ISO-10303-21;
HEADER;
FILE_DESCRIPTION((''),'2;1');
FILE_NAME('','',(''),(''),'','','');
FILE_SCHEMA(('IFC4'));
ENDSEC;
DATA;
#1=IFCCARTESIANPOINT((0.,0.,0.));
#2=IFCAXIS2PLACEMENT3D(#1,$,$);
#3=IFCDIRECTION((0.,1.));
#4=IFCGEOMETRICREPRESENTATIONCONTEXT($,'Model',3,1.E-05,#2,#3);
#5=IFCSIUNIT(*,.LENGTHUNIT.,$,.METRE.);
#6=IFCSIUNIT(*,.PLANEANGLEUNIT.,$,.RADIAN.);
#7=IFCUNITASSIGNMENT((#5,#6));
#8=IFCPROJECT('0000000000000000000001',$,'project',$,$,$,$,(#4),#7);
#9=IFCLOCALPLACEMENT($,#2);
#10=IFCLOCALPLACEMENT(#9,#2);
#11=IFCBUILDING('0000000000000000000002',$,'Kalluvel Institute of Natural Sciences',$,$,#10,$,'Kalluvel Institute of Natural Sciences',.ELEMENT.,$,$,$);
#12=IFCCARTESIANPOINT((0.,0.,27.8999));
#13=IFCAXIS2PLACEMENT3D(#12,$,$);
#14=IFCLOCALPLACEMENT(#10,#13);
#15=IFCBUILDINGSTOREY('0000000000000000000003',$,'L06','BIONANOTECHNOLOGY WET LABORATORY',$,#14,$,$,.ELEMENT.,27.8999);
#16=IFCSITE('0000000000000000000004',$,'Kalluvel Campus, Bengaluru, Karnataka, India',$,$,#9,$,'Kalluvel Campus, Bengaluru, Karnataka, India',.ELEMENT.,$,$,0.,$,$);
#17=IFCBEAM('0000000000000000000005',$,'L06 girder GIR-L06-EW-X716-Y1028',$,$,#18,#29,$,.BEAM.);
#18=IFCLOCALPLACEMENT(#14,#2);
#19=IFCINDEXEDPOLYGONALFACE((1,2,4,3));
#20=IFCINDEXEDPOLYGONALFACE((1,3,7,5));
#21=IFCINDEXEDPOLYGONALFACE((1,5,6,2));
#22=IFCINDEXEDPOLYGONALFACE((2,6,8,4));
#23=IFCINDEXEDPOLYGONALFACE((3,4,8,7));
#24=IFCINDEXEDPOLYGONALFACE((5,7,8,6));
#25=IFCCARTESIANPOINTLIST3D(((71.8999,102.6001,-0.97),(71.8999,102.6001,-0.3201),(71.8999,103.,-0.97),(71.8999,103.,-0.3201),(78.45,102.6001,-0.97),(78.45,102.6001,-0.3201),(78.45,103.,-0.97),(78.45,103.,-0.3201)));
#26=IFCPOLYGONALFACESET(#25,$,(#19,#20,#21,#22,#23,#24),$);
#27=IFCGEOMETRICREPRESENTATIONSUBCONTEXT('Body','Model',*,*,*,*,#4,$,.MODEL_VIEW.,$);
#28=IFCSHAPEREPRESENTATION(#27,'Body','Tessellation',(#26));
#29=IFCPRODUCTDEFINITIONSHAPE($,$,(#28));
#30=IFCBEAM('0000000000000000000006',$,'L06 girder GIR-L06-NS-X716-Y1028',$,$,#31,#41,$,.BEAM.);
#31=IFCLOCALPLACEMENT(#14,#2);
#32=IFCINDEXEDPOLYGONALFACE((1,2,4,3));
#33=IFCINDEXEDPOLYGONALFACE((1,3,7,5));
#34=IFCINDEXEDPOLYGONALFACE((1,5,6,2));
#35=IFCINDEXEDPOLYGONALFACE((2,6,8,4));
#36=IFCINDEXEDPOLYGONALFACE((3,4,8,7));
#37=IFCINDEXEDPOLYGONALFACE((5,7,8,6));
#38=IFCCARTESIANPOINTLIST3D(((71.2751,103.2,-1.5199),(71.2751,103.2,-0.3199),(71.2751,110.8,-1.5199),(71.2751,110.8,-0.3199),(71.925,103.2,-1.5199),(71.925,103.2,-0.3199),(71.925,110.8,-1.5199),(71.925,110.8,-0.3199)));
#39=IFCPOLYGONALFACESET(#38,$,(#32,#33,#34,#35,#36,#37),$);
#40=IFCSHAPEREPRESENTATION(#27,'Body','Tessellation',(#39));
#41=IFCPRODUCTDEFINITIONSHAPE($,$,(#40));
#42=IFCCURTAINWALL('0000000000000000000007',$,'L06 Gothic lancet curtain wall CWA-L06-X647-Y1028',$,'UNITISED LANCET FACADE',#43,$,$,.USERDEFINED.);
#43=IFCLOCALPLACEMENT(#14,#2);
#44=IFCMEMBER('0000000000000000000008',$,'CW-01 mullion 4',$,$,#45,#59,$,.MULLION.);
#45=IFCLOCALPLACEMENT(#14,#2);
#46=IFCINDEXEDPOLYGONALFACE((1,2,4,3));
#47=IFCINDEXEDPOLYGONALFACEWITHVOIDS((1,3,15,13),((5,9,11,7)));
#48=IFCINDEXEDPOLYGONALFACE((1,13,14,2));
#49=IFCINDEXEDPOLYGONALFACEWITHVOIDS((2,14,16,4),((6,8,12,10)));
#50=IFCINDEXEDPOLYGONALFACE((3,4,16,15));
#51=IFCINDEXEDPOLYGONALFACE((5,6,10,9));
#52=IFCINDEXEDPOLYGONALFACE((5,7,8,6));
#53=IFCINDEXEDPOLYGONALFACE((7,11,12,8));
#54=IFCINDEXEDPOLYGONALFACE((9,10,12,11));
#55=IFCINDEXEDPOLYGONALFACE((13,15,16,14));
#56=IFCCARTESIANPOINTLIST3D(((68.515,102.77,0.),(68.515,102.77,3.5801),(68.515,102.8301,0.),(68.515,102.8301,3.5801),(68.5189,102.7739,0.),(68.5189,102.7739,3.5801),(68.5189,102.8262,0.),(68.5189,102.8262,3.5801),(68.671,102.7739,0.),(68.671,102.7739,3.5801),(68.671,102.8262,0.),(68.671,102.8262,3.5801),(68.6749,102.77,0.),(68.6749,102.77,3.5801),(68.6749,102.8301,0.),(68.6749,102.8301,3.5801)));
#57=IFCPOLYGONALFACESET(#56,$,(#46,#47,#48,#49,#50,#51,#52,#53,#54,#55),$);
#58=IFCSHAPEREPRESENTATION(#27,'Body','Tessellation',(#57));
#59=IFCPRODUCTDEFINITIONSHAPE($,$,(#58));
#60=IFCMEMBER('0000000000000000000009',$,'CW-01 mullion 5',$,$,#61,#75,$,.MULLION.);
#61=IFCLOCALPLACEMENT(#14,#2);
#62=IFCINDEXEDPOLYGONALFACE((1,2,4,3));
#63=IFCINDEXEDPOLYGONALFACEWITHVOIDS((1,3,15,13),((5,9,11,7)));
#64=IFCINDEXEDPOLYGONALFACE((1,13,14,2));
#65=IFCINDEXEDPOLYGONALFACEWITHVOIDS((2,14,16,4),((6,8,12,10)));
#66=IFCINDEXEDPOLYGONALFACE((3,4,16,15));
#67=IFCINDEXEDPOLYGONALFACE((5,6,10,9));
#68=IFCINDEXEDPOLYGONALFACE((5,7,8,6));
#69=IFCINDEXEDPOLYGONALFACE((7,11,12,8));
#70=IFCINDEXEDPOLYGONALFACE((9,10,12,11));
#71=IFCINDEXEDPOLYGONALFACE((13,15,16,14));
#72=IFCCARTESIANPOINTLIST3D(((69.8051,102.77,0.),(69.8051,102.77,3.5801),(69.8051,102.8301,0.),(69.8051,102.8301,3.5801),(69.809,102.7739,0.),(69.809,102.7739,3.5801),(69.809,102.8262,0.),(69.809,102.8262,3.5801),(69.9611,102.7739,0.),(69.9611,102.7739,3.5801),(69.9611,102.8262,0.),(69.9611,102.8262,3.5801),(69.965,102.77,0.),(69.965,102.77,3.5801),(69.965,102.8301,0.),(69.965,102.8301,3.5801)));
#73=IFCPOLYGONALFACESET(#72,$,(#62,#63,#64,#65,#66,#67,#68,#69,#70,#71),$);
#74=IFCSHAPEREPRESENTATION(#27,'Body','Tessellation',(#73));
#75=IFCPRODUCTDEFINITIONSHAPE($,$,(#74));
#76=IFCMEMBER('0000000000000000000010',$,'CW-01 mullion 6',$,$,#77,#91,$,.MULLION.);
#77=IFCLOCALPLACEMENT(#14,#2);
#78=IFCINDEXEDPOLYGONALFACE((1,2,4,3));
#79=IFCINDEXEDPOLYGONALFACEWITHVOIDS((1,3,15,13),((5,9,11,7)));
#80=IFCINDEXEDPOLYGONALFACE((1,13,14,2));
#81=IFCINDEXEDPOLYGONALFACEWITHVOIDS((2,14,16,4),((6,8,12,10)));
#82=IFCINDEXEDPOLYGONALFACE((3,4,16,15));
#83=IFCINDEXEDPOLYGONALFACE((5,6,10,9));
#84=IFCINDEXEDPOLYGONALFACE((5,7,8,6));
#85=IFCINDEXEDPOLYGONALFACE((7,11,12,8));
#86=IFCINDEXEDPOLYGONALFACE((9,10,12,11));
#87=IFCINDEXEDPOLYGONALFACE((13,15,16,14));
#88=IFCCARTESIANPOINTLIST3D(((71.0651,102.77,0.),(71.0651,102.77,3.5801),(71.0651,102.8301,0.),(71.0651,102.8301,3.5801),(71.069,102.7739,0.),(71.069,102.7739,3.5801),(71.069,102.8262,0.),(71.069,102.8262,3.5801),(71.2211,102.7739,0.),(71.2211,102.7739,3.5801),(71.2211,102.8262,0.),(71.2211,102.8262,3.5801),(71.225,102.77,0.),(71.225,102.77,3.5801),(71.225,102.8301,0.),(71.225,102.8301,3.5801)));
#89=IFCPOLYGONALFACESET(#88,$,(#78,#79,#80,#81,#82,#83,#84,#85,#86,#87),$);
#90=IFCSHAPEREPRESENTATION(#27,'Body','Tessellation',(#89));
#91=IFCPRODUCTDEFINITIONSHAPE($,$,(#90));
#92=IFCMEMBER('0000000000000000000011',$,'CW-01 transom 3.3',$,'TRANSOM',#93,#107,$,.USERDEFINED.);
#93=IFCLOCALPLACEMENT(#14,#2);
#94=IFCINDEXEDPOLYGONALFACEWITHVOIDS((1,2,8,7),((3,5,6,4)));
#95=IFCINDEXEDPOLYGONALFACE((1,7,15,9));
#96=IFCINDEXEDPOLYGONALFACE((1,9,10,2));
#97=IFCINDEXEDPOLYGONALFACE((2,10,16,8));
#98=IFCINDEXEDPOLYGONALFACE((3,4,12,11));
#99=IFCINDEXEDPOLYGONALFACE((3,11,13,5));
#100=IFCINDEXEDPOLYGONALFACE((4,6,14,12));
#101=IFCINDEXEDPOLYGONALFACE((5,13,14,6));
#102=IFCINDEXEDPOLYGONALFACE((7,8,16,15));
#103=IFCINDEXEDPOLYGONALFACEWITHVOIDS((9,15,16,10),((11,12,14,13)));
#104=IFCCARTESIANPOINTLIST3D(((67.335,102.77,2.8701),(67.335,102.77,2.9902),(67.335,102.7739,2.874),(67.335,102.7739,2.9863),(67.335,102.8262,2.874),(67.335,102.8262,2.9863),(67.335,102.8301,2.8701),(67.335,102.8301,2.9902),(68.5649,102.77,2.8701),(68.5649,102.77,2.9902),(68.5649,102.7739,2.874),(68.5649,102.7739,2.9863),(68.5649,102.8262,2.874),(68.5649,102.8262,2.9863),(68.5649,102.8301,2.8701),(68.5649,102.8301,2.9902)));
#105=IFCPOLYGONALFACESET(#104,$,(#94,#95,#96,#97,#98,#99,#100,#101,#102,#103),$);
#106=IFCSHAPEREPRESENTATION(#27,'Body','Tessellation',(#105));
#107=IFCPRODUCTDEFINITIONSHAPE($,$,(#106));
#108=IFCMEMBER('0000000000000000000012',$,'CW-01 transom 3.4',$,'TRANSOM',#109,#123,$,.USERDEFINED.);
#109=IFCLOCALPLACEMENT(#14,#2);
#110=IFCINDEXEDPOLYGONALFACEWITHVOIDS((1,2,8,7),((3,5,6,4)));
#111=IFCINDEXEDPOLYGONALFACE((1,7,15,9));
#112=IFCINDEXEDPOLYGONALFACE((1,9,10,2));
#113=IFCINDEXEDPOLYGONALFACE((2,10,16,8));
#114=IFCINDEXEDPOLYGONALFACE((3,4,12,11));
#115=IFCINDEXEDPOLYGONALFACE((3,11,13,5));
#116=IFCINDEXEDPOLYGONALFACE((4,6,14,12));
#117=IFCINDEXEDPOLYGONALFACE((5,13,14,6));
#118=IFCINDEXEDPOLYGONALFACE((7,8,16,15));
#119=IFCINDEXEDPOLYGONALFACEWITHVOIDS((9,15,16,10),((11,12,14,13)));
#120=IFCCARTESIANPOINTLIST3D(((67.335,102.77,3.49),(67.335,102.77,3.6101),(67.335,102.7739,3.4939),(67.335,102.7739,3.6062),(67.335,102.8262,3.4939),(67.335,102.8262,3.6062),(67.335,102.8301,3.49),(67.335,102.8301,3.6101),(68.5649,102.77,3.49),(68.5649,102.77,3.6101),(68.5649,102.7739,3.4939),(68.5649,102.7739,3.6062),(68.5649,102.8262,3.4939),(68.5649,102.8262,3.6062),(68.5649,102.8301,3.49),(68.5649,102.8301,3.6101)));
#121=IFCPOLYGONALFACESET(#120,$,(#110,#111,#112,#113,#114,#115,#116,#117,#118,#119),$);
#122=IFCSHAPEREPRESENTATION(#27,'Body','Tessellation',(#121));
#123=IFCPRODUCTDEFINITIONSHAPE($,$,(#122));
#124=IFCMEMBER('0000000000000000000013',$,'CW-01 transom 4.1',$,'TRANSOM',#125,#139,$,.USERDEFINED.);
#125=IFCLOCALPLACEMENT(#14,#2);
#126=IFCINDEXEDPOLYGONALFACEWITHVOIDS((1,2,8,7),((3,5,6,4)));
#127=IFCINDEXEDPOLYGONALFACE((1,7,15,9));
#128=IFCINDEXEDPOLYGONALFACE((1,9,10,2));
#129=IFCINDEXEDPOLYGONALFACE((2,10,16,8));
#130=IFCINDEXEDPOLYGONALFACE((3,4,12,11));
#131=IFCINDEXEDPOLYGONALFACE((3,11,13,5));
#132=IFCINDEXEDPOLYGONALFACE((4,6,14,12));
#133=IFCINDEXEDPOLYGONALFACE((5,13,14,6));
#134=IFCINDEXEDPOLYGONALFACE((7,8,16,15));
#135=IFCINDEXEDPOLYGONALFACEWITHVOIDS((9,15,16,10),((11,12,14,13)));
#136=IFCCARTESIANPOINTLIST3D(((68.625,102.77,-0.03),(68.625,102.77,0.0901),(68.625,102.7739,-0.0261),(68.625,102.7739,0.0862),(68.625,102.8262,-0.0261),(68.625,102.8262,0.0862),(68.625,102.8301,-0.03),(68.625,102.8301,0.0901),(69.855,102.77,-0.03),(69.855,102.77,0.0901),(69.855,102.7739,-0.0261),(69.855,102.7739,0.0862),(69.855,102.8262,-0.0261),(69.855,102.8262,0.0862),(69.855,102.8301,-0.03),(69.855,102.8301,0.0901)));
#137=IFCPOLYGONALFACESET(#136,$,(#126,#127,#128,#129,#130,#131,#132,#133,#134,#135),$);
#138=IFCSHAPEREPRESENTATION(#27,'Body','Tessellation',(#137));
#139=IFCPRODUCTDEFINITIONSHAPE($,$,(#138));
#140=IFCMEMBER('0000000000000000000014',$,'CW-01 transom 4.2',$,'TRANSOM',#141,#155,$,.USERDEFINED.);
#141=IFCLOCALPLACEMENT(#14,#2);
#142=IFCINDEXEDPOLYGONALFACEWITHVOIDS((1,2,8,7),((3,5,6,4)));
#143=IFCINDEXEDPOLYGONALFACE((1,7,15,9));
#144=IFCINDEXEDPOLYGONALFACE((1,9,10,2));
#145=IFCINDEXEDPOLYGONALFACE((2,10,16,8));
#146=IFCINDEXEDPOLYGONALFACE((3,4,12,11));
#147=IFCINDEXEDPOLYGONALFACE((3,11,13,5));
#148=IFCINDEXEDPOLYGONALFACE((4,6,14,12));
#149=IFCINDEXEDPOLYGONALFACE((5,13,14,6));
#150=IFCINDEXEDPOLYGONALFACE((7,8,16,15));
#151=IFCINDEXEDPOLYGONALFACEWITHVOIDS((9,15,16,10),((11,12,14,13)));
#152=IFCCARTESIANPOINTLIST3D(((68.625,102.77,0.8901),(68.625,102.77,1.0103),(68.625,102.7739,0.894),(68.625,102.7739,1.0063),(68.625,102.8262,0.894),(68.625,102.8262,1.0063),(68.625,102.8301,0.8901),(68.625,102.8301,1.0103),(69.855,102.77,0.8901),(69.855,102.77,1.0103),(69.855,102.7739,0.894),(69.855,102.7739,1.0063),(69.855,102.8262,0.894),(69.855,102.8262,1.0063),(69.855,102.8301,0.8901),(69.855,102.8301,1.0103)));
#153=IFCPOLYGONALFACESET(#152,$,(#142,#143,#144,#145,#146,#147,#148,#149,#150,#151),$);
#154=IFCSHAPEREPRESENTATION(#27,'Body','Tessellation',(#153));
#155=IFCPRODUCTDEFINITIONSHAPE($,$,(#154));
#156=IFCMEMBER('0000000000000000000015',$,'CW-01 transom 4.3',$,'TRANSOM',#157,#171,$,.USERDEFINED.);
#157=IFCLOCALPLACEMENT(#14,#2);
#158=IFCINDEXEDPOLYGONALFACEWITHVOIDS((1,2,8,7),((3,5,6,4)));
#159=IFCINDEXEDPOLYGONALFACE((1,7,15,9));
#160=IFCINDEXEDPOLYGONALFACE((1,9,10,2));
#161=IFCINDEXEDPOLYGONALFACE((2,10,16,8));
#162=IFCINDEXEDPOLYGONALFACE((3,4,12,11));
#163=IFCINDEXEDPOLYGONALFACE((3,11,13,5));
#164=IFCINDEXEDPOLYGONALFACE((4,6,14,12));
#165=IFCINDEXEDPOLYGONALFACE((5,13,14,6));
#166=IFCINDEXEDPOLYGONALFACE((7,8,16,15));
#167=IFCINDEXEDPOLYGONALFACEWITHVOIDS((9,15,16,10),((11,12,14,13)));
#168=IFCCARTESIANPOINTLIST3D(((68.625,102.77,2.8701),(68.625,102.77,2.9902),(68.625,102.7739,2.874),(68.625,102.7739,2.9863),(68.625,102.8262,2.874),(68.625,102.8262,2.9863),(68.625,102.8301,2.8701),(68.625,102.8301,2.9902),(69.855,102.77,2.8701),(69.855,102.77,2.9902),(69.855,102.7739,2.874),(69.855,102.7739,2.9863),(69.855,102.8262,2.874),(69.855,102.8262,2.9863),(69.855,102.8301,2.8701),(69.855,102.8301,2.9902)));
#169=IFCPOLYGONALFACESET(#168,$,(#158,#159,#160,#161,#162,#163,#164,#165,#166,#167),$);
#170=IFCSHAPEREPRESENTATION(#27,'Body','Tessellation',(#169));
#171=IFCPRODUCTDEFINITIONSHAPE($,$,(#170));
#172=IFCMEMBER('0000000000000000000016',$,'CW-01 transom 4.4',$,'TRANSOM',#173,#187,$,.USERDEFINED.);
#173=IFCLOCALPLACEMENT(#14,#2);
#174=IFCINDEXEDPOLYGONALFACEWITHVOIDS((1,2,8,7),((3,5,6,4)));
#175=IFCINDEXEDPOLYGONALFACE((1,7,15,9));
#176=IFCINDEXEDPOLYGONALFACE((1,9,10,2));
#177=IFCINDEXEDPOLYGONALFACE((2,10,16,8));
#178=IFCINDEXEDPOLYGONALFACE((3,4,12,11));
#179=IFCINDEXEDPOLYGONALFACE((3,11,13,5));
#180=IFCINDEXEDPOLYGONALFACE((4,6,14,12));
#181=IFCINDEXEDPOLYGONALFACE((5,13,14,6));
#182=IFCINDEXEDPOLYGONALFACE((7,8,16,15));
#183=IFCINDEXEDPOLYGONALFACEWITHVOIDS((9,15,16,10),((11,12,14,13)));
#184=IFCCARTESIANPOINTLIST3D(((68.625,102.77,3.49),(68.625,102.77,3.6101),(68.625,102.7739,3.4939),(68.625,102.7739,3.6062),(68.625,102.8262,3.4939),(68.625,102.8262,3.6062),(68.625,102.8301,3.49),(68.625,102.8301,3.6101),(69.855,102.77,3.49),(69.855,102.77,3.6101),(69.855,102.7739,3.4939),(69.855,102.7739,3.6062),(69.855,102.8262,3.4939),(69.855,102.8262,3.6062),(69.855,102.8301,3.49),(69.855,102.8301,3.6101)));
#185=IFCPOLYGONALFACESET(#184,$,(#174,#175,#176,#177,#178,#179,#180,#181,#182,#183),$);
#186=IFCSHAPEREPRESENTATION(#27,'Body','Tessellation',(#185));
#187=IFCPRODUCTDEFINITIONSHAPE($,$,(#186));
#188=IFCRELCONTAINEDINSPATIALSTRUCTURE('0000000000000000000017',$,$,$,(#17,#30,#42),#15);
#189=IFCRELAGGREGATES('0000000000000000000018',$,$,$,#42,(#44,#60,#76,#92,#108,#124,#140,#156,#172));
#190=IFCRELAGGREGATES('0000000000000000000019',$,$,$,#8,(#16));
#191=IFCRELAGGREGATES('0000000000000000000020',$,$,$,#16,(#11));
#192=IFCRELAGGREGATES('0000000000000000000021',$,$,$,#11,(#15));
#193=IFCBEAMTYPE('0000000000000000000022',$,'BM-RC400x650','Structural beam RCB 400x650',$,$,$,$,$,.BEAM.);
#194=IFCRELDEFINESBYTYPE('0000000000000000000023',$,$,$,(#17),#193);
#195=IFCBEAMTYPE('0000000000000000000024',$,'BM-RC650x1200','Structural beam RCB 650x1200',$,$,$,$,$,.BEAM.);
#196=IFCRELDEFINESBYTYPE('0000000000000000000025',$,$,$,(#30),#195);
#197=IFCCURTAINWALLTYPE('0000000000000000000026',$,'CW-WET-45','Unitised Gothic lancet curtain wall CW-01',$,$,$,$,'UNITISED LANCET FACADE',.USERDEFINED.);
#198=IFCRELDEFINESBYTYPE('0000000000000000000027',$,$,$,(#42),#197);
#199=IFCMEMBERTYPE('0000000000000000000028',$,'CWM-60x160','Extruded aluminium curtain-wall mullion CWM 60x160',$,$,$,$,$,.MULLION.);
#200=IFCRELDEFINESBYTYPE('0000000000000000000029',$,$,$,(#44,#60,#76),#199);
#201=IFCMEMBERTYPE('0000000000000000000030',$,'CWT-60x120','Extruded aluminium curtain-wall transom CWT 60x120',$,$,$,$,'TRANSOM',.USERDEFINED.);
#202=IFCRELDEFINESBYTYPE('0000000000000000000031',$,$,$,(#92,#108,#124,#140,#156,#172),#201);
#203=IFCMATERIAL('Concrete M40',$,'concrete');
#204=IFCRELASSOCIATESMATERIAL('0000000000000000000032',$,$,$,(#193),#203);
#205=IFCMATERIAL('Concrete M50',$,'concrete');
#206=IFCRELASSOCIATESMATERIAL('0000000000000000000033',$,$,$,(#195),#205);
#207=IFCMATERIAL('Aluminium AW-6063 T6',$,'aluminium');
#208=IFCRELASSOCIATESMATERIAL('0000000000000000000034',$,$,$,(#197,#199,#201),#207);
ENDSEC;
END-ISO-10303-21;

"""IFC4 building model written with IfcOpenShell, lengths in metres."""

from ifc_helpers import new_model, si_unit, direction, frame, origin, origin_2d, place, context, subcontext, project, spatial, rectangle, hollow_rectangle, extrude, material, material_profile, profile_set, type_object, element, aggregate, save


model = new_model("IFC4")

# Units and contexts
model_context = context("Model", 3, precision=1e-05, world=origin(), true_north=direction((0.0, 1.0)))
body_context = subcontext(model_context, "Body", "Model", "MODEL_VIEW")
ifc_project = project(units=[si_unit("LENGTHUNIT", "METRE"), si_unit("PLANEANGLEUNIT", "RADIAN")], contexts=[model_context])

# Site, building, storey
site_placement = place(None, origin())
site = spatial("IfcSite", under=ifc_project, at=site_placement, Name="Kalluvel Campus, Bengaluru, Karnataka, India", LongName="Kalluvel Campus, Bengaluru, Karnataka, India", CompositionType="ELEMENT", RefElevation=0.0)
building_placement = place(site_placement, origin())
building = spatial("IfcBuilding", under=site, at=building_placement, Name="Kalluvel Institute of Natural Sciences", LongName="Kalluvel Institute of Natural Sciences", CompositionType="ELEMENT")
storey_placement = place(building_placement, frame((0.0, 0.0, 27.8999)))
storey = spatial("IfcBuildingStorey", under=building, at=storey_placement, Name="L06", Description="BIONANOTECHNOLOGY WET LABORATORY", CompositionType="ELEMENT", Elevation=27.8999)

# Beams
ifc_material_1 = material(Name="Concrete M40", Category="concrete")
ifc_material_profile_1 = material_profile(ifc_material_1, rectangle(XDim=0.3999, YDim=0.6499, at=origin_2d()), Name="RCB 400x650")
ifc_profile_set_1 = profile_set([ifc_material_profile_1], Name="Concrete M40")
beam_type_1 = type_object("IfcBeamType", Name="BM-RC400x650", Description="Structural beam RCB 400x650", PredefinedType="BEAM", material=ifc_profile_set_1)
beam_1_placement = place(storey_placement, frame((71.8999, 102.8, -0.645), z_axis=(1.0, 0.0, 0.0), x_axis=(0.0, 1.0, 0.0)))
element("IfcBeam", 1, at=beam_1_placement, inside=storey, type_object=beam_type_1, Name="L06 girder GIR-L06-EW-X716-Y1028", PredefinedType="BEAM", context=body_context, shape_type="SweptSolid", body=[
    extrude(rectangle(XDim=0.3999, YDim=0.6499, at=origin_2d()), origin(), (0.0, 0.0, 1.0), 6.55),
])
ifc_material_2 = material(Name="Concrete M50", Category="concrete")
ifc_material_profile_2 = material_profile(ifc_material_2, rectangle(XDim=0.6499, YDim=1.2, at=origin_2d()), Name="RCB 650x1200")
ifc_profile_set_2 = profile_set([ifc_material_profile_2], Name="Concrete M50")
beam_type_2 = type_object("IfcBeamType", Name="BM-RC650x1200", Description="Structural beam RCB 650x1200", PredefinedType="BEAM", material=ifc_profile_set_2)
beam_2_placement = place(storey_placement, frame((71.6001, 103.2, -0.9199), z_axis=(0.0, 1.0, 0.0), x_axis=(-1.0, 0.0, 0.0)))
element("IfcBeam", 2, at=beam_2_placement, inside=storey, type_object=beam_type_2, Name="L06 girder GIR-L06-NS-X716-Y1028", PredefinedType="BEAM", context=body_context, shape_type="SweptSolid", body=[
    extrude(rectangle(XDim=0.6499, YDim=1.2, at=origin_2d()), origin(), (0.0, 0.0, 1.0), 7.6001),
])

# Curtain wall, members
ifc_material_3 = material(Name="Aluminium AW-6063 T6", Category="aluminium")
curtain_wall_type = type_object("IfcCurtainWallType", Name="CW-WET-45", Description="Unitised Gothic lancet curtain wall CW-01", ElementType="UNITISED LANCET FACADE", PredefinedType="USERDEFINED", material=ifc_material_3)
curtain_wall_placement = place(storey_placement, origin())
curtain_wall = element("IfcCurtainWall", 3, at=curtain_wall_placement, inside=storey, type_object=curtain_wall_type, Name="L06 Gothic lancet curtain wall CWA-L06-X647-Y1028", ObjectType="UNITISED LANCET FACADE", PredefinedType="USERDEFINED")
ifc_material_profile_3 = material_profile(ifc_material_3, hollow_rectangle(XDim=0.0601, YDim=0.1599, WallThickness=0.0039, at=origin_2d()), Name="CWM 60x160")
ifc_profile_set_3 = profile_set([ifc_material_profile_3], Name="Aluminium AW-6063 T6")
member_type_1 = type_object("IfcMemberType", Name="CWM-60x160", Description="Extruded aluminium curtain-wall mullion CWM 60x160", PredefinedType="MULLION", material=ifc_profile_set_3)
member_1_placement = place(storey_placement, frame((68.595, 102.8, 0.0), z_axis=(0.0, 0.0, 1.0), x_axis=(0.0, 1.0, 0.0)))
member_1 = element("IfcMember", 4, at=member_1_placement, type_object=member_type_1, Name="CW-01 mullion 4", PredefinedType="MULLION", context=body_context, shape_type="SweptSolid", body=[
    extrude(hollow_rectangle(XDim=0.0601, YDim=0.1599, WallThickness=0.0039, at=origin_2d()), origin(), (0.0, 0.0, 1.0), 3.5801),
])
member_2_placement = place(storey_placement, frame((69.885, 102.8, 0.0), z_axis=(0.0, 0.0, 1.0), x_axis=(0.0, 1.0, 0.0)))
member_2 = element("IfcMember", 5, at=member_2_placement, type_object=member_type_1, Name="CW-01 mullion 5", PredefinedType="MULLION", context=body_context, shape_type="SweptSolid", body=[
    extrude(hollow_rectangle(XDim=0.0601, YDim=0.1599, WallThickness=0.0039, at=origin_2d()), origin(), (0.0, 0.0, 1.0), 3.5801),
])
member_3_placement = place(storey_placement, frame((71.145, 102.8, 0.0), z_axis=(0.0, 0.0, 1.0), x_axis=(0.0, 1.0, 0.0)))
member_3 = element("IfcMember", 6, at=member_3_placement, type_object=member_type_1, Name="CW-01 mullion 6", PredefinedType="MULLION", context=body_context, shape_type="SweptSolid", body=[
    extrude(hollow_rectangle(XDim=0.0601, YDim=0.1599, WallThickness=0.0039, at=origin_2d()), origin(), (0.0, 0.0, 1.0), 3.5801),
])
ifc_material_profile_4 = material_profile(ifc_material_3, hollow_rectangle(XDim=0.0601, YDim=0.1201, WallThickness=0.0039, at=origin_2d()), Name="CWT 60x120")
ifc_profile_set_4 = profile_set([ifc_material_profile_4], Name="Aluminium AW-6063 T6")
member_type_2 = type_object("IfcMemberType", Name="CWT-60x120", Description="Extruded aluminium curtain-wall transom CWT 60x120", ElementType="TRANSOM", PredefinedType="USERDEFINED", material=ifc_profile_set_4)
member_4_placement = place(storey_placement, frame((67.335, 102.8, 2.9302), z_axis=(1.0, 0.0, 0.0), x_axis=(0.0, 1.0, 0.0)))
member_4 = element("IfcMember", 7, at=member_4_placement, type_object=member_type_2, Name="CW-01 transom 3.3", ObjectType="TRANSOM", PredefinedType="USERDEFINED", context=body_context, shape_type="SweptSolid", body=[
    extrude(hollow_rectangle(XDim=0.0601, YDim=0.1201, WallThickness=0.0039, at=origin_2d()), origin(), (0.0, 0.0, 1.0), 1.23),
])
member_5_placement = place(storey_placement, frame((67.335, 102.8, 3.55), z_axis=(1.0, 0.0, 0.0), x_axis=(0.0, 1.0, 0.0)))
member_5 = element("IfcMember", 8, at=member_5_placement, type_object=member_type_2, Name="CW-01 transom 3.4", ObjectType="TRANSOM", PredefinedType="USERDEFINED", context=body_context, shape_type="SweptSolid", body=[
    extrude(hollow_rectangle(XDim=0.0601, YDim=0.1201, WallThickness=0.0039, at=origin_2d()), origin(), (0.0, 0.0, 1.0), 1.23),
])
member_6_placement = place(storey_placement, frame((68.625, 102.8, 0.03), z_axis=(1.0, 0.0, 0.0), x_axis=(0.0, 1.0, 0.0)))
member_6 = element("IfcMember", 9, at=member_6_placement, type_object=member_type_2, Name="CW-01 transom 4.1", ObjectType="TRANSOM", PredefinedType="USERDEFINED", context=body_context, shape_type="SweptSolid", body=[
    extrude(hollow_rectangle(XDim=0.0601, YDim=0.1201, WallThickness=0.0039, at=origin_2d()), origin(), (0.0, 0.0, 1.0), 1.23),
])
member_7_placement = place(storey_placement, frame((68.625, 102.8, 0.9502), z_axis=(1.0, 0.0, 0.0), x_axis=(0.0, 1.0, 0.0)))
member_7 = element("IfcMember", 10, at=member_7_placement, type_object=member_type_2, Name="CW-01 transom 4.2", ObjectType="TRANSOM", PredefinedType="USERDEFINED", context=body_context, shape_type="SweptSolid", body=[
    extrude(hollow_rectangle(XDim=0.0601, YDim=0.1201, WallThickness=0.0039, at=origin_2d()), origin(), (0.0, 0.0, 1.0), 1.23),
])
member_8_placement = place(storey_placement, frame((68.625, 102.8, 2.9302), z_axis=(1.0, 0.0, 0.0), x_axis=(0.0, 1.0, 0.0)))
member_8 = element("IfcMember", 11, at=member_8_placement, type_object=member_type_2, Name="CW-01 transom 4.3", ObjectType="TRANSOM", PredefinedType="USERDEFINED", context=body_context, shape_type="SweptSolid", body=[
    extrude(hollow_rectangle(XDim=0.0601, YDim=0.1201, WallThickness=0.0039, at=origin_2d()), origin(), (0.0, 0.0, 1.0), 1.23),
])
member_9_placement = place(storey_placement, frame((68.625, 102.8, 3.55), z_axis=(1.0, 0.0, 0.0), x_axis=(0.0, 1.0, 0.0)))
member_9 = element("IfcMember", 12, at=member_9_placement, type_object=member_type_2, Name="CW-01 transom 4.4", ObjectType="TRANSOM", PredefinedType="USERDEFINED", context=body_context, shape_type="SweptSolid", body=[
    extrude(hollow_rectangle(XDim=0.0601, YDim=0.1201, WallThickness=0.0039, at=origin_2d()), origin(), (0.0, 0.0, 1.0), 1.23),
])
aggregate(curtain_wall, [member_1, member_2, member_3, member_4, member_5, member_6, member_7, member_8, member_9])

save(model, "model.ifc")
